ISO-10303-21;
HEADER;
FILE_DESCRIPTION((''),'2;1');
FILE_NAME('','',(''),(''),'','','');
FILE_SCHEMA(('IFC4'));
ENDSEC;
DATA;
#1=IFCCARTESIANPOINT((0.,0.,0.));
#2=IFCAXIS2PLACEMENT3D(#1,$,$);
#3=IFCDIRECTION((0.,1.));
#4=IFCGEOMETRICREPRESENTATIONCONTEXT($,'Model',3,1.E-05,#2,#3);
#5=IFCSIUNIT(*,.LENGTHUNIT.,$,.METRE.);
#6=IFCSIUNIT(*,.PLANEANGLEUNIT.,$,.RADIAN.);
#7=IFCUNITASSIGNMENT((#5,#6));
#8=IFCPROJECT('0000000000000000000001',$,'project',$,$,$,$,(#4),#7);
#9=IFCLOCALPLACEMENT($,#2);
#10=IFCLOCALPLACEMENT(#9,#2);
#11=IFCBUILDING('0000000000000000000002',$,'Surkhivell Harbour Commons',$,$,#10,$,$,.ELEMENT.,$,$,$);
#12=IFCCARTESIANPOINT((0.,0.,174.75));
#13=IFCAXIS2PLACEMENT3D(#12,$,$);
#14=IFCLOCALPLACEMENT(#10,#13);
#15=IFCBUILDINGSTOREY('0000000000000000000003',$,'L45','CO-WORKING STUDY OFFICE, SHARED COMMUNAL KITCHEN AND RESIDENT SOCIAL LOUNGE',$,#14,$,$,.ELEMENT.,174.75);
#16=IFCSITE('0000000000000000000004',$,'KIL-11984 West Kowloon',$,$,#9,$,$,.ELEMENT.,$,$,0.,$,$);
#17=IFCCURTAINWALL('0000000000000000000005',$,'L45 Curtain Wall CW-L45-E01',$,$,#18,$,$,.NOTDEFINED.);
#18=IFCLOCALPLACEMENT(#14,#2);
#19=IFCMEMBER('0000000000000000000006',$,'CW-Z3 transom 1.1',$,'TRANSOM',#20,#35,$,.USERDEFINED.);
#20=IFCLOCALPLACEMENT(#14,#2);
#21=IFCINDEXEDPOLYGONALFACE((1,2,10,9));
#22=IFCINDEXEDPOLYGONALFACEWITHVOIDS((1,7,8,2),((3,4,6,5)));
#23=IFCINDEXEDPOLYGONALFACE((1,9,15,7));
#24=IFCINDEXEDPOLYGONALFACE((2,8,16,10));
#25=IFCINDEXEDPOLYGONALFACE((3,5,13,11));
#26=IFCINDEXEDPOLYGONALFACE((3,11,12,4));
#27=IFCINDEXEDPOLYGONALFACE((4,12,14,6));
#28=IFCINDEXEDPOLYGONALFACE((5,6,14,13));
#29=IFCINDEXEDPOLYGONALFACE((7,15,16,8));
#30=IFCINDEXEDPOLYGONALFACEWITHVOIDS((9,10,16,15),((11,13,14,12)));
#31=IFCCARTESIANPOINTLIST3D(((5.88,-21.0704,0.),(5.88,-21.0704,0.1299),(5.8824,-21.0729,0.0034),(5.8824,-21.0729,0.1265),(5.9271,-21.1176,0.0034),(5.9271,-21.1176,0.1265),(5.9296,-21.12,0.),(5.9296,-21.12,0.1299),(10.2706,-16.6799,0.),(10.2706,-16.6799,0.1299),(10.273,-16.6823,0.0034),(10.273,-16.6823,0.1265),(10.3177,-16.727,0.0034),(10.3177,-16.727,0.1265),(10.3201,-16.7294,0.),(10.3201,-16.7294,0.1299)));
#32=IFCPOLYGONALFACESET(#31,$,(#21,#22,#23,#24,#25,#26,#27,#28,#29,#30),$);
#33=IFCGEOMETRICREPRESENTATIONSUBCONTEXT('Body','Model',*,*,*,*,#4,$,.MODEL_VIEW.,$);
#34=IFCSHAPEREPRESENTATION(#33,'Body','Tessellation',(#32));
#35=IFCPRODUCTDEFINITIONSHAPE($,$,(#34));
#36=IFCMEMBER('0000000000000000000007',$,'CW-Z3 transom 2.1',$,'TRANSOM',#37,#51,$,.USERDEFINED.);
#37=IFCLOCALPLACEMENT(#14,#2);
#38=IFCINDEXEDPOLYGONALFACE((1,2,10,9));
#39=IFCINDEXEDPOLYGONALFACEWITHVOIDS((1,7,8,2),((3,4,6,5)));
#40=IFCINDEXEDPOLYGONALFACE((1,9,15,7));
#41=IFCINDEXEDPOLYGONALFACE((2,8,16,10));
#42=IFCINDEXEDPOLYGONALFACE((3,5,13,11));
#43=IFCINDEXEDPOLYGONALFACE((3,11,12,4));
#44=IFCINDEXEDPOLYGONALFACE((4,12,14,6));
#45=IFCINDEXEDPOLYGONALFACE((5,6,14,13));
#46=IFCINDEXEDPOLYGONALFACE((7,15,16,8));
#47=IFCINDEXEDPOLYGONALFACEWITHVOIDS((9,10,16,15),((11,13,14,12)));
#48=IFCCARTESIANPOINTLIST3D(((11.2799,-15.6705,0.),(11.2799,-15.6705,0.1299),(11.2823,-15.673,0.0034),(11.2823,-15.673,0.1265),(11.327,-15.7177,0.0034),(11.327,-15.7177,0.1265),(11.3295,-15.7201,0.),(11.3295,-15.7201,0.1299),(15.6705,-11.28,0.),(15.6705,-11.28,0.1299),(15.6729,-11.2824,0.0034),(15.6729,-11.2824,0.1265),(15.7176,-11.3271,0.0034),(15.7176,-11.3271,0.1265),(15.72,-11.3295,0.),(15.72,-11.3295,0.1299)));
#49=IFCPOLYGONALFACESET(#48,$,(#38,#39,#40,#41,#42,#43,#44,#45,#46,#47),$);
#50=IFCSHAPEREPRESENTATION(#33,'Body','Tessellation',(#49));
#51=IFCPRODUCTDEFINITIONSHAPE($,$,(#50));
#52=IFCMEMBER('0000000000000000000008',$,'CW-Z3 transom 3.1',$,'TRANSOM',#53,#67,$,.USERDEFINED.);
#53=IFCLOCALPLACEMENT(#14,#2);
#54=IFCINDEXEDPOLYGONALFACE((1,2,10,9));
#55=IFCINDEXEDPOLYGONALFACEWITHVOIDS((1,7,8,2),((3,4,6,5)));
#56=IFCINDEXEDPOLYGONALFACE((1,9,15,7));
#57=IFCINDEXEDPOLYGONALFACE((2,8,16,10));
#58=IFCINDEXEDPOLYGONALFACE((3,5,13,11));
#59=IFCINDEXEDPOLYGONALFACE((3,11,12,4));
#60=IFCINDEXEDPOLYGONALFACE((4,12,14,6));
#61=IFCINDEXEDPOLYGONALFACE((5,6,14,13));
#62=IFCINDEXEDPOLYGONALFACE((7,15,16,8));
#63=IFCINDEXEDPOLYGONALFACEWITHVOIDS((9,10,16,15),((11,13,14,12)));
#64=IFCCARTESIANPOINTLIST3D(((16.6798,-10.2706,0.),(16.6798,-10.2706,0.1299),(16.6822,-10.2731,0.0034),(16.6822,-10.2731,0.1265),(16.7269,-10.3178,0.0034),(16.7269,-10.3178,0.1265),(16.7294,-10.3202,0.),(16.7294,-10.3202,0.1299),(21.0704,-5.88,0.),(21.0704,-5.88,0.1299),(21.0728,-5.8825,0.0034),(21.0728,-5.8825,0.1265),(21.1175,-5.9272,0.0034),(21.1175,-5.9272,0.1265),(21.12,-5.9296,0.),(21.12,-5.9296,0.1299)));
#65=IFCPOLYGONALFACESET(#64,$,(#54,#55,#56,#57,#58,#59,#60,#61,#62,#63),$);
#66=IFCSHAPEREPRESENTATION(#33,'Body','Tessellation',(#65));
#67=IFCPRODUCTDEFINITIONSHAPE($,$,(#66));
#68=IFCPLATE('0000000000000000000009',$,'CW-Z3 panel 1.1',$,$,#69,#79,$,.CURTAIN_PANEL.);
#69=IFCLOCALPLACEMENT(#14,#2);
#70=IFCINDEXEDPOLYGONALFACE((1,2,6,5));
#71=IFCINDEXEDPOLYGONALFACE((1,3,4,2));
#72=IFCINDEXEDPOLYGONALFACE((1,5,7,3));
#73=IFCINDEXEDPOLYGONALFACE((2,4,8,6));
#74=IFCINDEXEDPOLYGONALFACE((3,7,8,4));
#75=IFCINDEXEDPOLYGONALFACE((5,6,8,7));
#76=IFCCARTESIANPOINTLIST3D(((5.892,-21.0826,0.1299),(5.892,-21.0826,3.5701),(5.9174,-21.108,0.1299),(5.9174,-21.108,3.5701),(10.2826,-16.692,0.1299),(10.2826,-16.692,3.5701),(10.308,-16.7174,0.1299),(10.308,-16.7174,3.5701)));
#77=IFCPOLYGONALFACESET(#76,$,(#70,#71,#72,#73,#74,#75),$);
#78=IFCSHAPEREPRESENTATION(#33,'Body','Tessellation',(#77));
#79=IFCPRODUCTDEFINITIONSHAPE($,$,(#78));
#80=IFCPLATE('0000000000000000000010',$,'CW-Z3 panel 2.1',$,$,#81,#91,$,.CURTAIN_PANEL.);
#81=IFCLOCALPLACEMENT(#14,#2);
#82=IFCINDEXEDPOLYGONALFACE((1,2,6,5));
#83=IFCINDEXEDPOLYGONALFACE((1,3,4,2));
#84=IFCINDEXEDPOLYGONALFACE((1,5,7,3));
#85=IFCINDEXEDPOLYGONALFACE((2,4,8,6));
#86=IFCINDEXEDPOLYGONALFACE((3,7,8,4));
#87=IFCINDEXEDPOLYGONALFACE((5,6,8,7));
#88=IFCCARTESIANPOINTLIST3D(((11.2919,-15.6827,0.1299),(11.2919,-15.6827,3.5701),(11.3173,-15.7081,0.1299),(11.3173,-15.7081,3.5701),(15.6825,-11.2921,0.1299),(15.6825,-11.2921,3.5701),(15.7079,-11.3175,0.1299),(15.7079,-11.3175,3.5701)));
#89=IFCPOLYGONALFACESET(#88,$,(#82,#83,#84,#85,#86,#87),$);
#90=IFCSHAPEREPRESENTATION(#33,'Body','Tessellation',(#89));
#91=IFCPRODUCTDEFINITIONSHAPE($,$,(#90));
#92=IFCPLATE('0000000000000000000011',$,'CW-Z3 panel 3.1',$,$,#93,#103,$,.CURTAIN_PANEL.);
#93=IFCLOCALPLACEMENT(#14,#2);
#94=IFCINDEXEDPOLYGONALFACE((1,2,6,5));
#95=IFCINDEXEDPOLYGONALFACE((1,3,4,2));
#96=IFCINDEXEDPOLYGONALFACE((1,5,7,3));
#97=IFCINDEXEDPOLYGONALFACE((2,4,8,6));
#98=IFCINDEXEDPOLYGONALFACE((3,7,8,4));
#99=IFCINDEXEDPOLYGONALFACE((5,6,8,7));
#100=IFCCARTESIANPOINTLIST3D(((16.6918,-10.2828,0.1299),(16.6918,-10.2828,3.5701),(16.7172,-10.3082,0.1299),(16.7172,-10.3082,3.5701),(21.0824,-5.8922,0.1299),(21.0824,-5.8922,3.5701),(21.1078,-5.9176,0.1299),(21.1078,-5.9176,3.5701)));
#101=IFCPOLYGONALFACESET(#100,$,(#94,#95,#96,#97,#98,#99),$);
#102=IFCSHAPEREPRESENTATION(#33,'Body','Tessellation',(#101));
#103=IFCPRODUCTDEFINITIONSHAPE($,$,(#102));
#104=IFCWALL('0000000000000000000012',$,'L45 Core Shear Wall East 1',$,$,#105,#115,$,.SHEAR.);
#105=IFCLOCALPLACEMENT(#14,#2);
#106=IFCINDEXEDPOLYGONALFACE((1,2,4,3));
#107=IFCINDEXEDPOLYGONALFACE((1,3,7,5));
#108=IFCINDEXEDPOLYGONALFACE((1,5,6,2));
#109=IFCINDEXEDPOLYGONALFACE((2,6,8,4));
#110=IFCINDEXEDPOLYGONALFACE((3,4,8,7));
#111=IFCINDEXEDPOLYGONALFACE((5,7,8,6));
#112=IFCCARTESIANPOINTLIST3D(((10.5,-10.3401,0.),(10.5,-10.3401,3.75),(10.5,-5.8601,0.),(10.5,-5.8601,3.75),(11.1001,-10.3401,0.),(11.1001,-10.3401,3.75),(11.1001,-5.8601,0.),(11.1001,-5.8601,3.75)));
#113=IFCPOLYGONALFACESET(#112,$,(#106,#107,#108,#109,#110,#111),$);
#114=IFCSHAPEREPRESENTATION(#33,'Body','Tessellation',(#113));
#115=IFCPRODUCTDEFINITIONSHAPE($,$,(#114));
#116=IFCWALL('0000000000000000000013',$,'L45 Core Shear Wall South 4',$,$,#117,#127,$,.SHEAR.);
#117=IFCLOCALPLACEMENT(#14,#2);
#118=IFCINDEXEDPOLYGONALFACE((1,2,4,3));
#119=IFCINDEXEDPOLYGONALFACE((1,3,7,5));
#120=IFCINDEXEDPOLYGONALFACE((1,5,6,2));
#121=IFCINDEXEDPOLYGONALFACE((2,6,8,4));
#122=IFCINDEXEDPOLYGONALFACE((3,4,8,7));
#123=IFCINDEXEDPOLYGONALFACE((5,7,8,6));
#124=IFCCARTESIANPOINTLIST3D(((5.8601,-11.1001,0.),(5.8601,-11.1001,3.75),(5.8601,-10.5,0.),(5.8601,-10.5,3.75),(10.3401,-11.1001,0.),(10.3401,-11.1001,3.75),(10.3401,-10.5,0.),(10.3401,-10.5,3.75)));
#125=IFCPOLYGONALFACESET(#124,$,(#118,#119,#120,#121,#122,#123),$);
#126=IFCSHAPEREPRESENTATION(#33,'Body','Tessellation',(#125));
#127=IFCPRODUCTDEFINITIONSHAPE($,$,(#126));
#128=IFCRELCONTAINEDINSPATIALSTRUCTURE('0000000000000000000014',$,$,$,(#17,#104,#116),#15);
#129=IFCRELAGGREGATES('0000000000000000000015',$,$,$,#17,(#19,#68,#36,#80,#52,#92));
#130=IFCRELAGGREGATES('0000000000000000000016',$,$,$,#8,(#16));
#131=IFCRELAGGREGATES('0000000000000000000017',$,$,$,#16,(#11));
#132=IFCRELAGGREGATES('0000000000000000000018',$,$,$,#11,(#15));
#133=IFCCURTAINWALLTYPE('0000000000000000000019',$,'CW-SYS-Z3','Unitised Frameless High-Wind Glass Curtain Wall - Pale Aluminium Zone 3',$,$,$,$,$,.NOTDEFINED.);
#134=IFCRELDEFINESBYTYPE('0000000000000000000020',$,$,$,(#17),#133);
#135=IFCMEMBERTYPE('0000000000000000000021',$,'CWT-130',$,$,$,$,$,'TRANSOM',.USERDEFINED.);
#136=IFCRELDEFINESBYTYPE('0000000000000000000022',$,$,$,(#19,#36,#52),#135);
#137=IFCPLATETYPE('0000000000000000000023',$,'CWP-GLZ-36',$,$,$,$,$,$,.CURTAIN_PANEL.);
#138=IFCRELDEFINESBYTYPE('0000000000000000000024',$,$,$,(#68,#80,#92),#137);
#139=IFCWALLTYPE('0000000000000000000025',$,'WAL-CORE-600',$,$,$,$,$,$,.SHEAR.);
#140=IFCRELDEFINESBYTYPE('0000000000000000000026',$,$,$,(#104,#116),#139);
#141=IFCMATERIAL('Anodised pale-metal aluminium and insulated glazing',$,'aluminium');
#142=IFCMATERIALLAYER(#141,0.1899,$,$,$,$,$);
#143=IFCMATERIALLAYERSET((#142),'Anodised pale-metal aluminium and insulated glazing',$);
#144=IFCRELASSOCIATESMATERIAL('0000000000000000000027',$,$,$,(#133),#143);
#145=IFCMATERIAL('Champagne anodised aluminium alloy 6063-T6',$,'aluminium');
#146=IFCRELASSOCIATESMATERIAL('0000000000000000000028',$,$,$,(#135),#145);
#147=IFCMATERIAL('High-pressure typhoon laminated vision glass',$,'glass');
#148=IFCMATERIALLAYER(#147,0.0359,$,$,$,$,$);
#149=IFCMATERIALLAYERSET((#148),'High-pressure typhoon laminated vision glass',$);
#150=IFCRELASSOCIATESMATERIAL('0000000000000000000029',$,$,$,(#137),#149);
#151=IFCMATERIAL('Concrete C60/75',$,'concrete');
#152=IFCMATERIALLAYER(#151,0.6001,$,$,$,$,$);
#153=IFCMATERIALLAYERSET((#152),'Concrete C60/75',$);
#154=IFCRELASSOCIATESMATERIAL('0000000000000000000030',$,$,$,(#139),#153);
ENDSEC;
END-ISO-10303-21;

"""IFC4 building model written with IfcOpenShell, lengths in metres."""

from ifc_helpers import new_model, si_unit, direction, frame, frame_2d, origin, origin_2d, place, context, subcontext, project, spatial, rectangle, hollow_rectangle, extrude, material, layer, layer_set, material_profile, profile_set, type_object, element, aggregate, save


model = new_model("IFC4")

# Units and contexts
model_context = context("Model", 3, precision=1e-05, world=origin(), true_north=direction((0.0, 1.0)))
body_context = subcontext(model_context, "Body", "Model", "MODEL_VIEW")
ifc_project = project(units=[si_unit("LENGTHUNIT", "METRE"), si_unit("PLANEANGLEUNIT", "RADIAN")], contexts=[model_context])

# Site, building, storey
site_placement = place(None, origin())
site = spatial("IfcSite", under=ifc_project, at=site_placement, Name="KIL-11984 West Kowloon", CompositionType="ELEMENT", RefElevation=0.0)
building_placement = place(site_placement, origin())
building = spatial("IfcBuilding", under=site, at=building_placement, Name="Surkhivell Harbour Commons", CompositionType="ELEMENT")
storey_placement = place(building_placement, frame((0.0, 0.0, 174.75)))
storey = spatial("IfcBuildingStorey", under=building, at=storey_placement, Name="L45", Description="CO-WORKING STUDY OFFICE, SHARED COMMUNAL KITCHEN AND RESIDENT SOCIAL LOUNGE", CompositionType="ELEMENT", Elevation=174.75)

# Shared definitions
ifc_material_1 = material(Name="Concrete C60/75", Category="concrete")

# Curtain wall, members, plates
ifc_material_2 = material(Name="Anodised pale-metal aluminium and insulated glazing", Category="aluminium")
ifc_layer_1 = layer(ifc_material_2, 0.1899)
ifc_layer_set_1 = layer_set([ifc_layer_1], Name="Anodised pale-metal aluminium and insulated glazing")
curtain_wall_type = type_object("IfcCurtainWallType", Name="CW-SYS-Z3", Description="Unitised Frameless High-Wind Glass Curtain Wall - Pale Aluminium Zone 3", PredefinedType="NOTDEFINED", material=ifc_layer_set_1)
curtain_wall_placement = place(storey_placement, origin())
curtain_wall = element("IfcCurtainWall", 1, at=curtain_wall_placement, inside=storey, type_object=curtain_wall_type, Name="L45 Curtain Wall CW-L45-E01", PredefinedType="NOTDEFINED")
ifc_material_3 = material(Name="Champagne anodised aluminium alloy 6063-T6", Category="aluminium")
ifc_material_profile_1 = material_profile(ifc_material_3, hollow_rectangle(XDim=0.0701, YDim=0.1299, WallThickness=0.0034, at=origin_2d()), Name="ALU-TRAN-70x130")
ifc_profile_set_1 = profile_set([ifc_material_profile_1], Name="Champagne anodised aluminium alloy 6063-T6")
member_type_1 = type_object("IfcMemberType", Name="CWT-130", ElementType="TRANSOM", PredefinedType="USERDEFINED", material=ifc_profile_set_1)
member_1_placement = place(storey_placement, frame((5.9048, -21.0952, 0.0649), z_axis=(0.707107, 0.707107, 0.0), x_axis=(-0.707107, 0.707107, 0.0)))
member_1 = element("IfcMember", 2, at=member_1_placement, type_object=member_type_1, Name="CW-Z3 transom 1.1", ObjectType="TRANSOM", PredefinedType="USERDEFINED", context=body_context, shape_type="SweptSolid", body=[
    extrude(hollow_rectangle(XDim=0.0701, YDim=0.1299, WallThickness=0.0034, at=origin_2d()), origin(), (0.0, 0.0, 1.0), 6.2092),
])
member_2_placement = place(storey_placement, frame((11.3047, -15.6953, 0.0649), z_axis=(0.707107, 0.707107, 0.0), x_axis=(-0.707107, 0.707107, 0.0)))
member_2 = element("IfcMember", 3, at=member_2_placement, type_object=member_type_1, Name="CW-Z3 transom 2.1", ObjectType="TRANSOM", PredefinedType="USERDEFINED", context=body_context, shape_type="SweptSolid", body=[
    extrude(hollow_rectangle(XDim=0.0701, YDim=0.1299, WallThickness=0.0034, at=origin_2d()), origin(), (0.0, 0.0, 1.0), 6.2092),
])
member_3_placement = place(storey_placement, frame((16.7046, -10.2954, 0.0649), z_axis=(0.707107, 0.707107, 0.0), x_axis=(-0.707107, 0.707107, 0.0)))
member_3 = element("IfcMember", 4, at=member_3_placement, type_object=member_type_1, Name="CW-Z3 transom 3.1", ObjectType="TRANSOM", PredefinedType="USERDEFINED", context=body_context, shape_type="SweptSolid", body=[
    extrude(hollow_rectangle(XDim=0.0701, YDim=0.1299, WallThickness=0.0034, at=origin_2d()), origin(), (0.0, 0.0, 1.0), 6.2092),
])
ifc_material_4 = material(Name="High-pressure typhoon laminated vision glass", Category="glass")
ifc_layer_2 = layer(ifc_material_4, 0.0359)
ifc_layer_set_2 = layer_set([ifc_layer_2], Name="High-pressure typhoon laminated vision glass")
plate_type = type_object("IfcPlateType", Name="CWP-GLZ-36", PredefinedType="CURTAIN_PANEL", material=ifc_layer_set_2)
plate_1_placement = place(storey_placement, frame((5.9048, -21.0952, 0.1299), z_axis=(0.0, 0.0, 1.0), x_axis=(0.707107, 0.707107, 0.0)))
plate_1 = element("IfcPlate", 5, at=plate_1_placement, type_object=plate_type, Name="CW-Z3 panel 1.1", PredefinedType="CURTAIN_PANEL", context=body_context, shape_type="SweptSolid", body=[
    extrude(rectangle(XDim=6.2092, YDim=0.0359, at=frame_2d((3.1045, 0.0))), origin(), (0.0, 0.0, 1.0), 3.4402),
])
plate_2_placement = place(storey_placement, frame((11.3047, -15.6953, 0.1299), z_axis=(0.0, 0.0, 1.0), x_axis=(0.707107, 0.707107, 0.0)))
plate_2 = element("IfcPlate", 6, at=plate_2_placement, type_object=plate_type, Name="CW-Z3 panel 2.1", PredefinedType="CURTAIN_PANEL", context=body_context, shape_type="SweptSolid", body=[
    extrude(rectangle(XDim=6.2092, YDim=0.0359, at=frame_2d((3.1045, 0.0))), origin(), (0.0, 0.0, 1.0), 3.4402),
])
plate_3_placement = place(storey_placement, frame((16.7046, -10.2954, 0.1299), z_axis=(0.0, 0.0, 1.0), x_axis=(0.707107, 0.707107, 0.0)))
plate_3 = element("IfcPlate", 7, at=plate_3_placement, type_object=plate_type, Name="CW-Z3 panel 3.1", PredefinedType="CURTAIN_PANEL", context=body_context, shape_type="SweptSolid", body=[
    extrude(rectangle(XDim=6.2092, YDim=0.0359, at=frame_2d((3.1045, 0.0))), origin(), (0.0, 0.0, 1.0), 3.4402),
])
aggregate(curtain_wall, [member_1, plate_1, member_2, plate_2, member_3, plate_3])

# Walls
ifc_layer_3 = layer(ifc_material_1, 0.6001)
ifc_layer_set_3 = layer_set([ifc_layer_3], Name="Concrete C60/75")
wall_type_1 = type_object("IfcWallType", Name="WAL-CORE-600", PredefinedType="SHEAR", material=ifc_layer_set_3)
for number, where, z_axis, x_axis, name in (
    (8, (10.8, -10.3401, 0.0), (0.0, 0.0, 1.0), (0.0, 1.0, 0.0), "L45 Core Shear Wall East 1"),
    (9, (5.8601, -10.8, 0.0), (0.0, 0.0, 1.0), (1.0, 0.0, 0.0), "L45 Core Shear Wall South 4"),
):
    element("IfcWall", number, at=place(storey_placement, frame(where, z_axis=z_axis, x_axis=x_axis)), inside=storey, type_object=wall_type_1, Name=name, PredefinedType="SHEAR", context=body_context, shape_type="SweptSolid", body=[
        extrude(rectangle(XDim=4.48, YDim=0.6001, at=frame_2d((2.24, 0.0))), origin(), (0.0, 0.0, 1.0), 3.75),
    ])

save(model, "model.ifc")
